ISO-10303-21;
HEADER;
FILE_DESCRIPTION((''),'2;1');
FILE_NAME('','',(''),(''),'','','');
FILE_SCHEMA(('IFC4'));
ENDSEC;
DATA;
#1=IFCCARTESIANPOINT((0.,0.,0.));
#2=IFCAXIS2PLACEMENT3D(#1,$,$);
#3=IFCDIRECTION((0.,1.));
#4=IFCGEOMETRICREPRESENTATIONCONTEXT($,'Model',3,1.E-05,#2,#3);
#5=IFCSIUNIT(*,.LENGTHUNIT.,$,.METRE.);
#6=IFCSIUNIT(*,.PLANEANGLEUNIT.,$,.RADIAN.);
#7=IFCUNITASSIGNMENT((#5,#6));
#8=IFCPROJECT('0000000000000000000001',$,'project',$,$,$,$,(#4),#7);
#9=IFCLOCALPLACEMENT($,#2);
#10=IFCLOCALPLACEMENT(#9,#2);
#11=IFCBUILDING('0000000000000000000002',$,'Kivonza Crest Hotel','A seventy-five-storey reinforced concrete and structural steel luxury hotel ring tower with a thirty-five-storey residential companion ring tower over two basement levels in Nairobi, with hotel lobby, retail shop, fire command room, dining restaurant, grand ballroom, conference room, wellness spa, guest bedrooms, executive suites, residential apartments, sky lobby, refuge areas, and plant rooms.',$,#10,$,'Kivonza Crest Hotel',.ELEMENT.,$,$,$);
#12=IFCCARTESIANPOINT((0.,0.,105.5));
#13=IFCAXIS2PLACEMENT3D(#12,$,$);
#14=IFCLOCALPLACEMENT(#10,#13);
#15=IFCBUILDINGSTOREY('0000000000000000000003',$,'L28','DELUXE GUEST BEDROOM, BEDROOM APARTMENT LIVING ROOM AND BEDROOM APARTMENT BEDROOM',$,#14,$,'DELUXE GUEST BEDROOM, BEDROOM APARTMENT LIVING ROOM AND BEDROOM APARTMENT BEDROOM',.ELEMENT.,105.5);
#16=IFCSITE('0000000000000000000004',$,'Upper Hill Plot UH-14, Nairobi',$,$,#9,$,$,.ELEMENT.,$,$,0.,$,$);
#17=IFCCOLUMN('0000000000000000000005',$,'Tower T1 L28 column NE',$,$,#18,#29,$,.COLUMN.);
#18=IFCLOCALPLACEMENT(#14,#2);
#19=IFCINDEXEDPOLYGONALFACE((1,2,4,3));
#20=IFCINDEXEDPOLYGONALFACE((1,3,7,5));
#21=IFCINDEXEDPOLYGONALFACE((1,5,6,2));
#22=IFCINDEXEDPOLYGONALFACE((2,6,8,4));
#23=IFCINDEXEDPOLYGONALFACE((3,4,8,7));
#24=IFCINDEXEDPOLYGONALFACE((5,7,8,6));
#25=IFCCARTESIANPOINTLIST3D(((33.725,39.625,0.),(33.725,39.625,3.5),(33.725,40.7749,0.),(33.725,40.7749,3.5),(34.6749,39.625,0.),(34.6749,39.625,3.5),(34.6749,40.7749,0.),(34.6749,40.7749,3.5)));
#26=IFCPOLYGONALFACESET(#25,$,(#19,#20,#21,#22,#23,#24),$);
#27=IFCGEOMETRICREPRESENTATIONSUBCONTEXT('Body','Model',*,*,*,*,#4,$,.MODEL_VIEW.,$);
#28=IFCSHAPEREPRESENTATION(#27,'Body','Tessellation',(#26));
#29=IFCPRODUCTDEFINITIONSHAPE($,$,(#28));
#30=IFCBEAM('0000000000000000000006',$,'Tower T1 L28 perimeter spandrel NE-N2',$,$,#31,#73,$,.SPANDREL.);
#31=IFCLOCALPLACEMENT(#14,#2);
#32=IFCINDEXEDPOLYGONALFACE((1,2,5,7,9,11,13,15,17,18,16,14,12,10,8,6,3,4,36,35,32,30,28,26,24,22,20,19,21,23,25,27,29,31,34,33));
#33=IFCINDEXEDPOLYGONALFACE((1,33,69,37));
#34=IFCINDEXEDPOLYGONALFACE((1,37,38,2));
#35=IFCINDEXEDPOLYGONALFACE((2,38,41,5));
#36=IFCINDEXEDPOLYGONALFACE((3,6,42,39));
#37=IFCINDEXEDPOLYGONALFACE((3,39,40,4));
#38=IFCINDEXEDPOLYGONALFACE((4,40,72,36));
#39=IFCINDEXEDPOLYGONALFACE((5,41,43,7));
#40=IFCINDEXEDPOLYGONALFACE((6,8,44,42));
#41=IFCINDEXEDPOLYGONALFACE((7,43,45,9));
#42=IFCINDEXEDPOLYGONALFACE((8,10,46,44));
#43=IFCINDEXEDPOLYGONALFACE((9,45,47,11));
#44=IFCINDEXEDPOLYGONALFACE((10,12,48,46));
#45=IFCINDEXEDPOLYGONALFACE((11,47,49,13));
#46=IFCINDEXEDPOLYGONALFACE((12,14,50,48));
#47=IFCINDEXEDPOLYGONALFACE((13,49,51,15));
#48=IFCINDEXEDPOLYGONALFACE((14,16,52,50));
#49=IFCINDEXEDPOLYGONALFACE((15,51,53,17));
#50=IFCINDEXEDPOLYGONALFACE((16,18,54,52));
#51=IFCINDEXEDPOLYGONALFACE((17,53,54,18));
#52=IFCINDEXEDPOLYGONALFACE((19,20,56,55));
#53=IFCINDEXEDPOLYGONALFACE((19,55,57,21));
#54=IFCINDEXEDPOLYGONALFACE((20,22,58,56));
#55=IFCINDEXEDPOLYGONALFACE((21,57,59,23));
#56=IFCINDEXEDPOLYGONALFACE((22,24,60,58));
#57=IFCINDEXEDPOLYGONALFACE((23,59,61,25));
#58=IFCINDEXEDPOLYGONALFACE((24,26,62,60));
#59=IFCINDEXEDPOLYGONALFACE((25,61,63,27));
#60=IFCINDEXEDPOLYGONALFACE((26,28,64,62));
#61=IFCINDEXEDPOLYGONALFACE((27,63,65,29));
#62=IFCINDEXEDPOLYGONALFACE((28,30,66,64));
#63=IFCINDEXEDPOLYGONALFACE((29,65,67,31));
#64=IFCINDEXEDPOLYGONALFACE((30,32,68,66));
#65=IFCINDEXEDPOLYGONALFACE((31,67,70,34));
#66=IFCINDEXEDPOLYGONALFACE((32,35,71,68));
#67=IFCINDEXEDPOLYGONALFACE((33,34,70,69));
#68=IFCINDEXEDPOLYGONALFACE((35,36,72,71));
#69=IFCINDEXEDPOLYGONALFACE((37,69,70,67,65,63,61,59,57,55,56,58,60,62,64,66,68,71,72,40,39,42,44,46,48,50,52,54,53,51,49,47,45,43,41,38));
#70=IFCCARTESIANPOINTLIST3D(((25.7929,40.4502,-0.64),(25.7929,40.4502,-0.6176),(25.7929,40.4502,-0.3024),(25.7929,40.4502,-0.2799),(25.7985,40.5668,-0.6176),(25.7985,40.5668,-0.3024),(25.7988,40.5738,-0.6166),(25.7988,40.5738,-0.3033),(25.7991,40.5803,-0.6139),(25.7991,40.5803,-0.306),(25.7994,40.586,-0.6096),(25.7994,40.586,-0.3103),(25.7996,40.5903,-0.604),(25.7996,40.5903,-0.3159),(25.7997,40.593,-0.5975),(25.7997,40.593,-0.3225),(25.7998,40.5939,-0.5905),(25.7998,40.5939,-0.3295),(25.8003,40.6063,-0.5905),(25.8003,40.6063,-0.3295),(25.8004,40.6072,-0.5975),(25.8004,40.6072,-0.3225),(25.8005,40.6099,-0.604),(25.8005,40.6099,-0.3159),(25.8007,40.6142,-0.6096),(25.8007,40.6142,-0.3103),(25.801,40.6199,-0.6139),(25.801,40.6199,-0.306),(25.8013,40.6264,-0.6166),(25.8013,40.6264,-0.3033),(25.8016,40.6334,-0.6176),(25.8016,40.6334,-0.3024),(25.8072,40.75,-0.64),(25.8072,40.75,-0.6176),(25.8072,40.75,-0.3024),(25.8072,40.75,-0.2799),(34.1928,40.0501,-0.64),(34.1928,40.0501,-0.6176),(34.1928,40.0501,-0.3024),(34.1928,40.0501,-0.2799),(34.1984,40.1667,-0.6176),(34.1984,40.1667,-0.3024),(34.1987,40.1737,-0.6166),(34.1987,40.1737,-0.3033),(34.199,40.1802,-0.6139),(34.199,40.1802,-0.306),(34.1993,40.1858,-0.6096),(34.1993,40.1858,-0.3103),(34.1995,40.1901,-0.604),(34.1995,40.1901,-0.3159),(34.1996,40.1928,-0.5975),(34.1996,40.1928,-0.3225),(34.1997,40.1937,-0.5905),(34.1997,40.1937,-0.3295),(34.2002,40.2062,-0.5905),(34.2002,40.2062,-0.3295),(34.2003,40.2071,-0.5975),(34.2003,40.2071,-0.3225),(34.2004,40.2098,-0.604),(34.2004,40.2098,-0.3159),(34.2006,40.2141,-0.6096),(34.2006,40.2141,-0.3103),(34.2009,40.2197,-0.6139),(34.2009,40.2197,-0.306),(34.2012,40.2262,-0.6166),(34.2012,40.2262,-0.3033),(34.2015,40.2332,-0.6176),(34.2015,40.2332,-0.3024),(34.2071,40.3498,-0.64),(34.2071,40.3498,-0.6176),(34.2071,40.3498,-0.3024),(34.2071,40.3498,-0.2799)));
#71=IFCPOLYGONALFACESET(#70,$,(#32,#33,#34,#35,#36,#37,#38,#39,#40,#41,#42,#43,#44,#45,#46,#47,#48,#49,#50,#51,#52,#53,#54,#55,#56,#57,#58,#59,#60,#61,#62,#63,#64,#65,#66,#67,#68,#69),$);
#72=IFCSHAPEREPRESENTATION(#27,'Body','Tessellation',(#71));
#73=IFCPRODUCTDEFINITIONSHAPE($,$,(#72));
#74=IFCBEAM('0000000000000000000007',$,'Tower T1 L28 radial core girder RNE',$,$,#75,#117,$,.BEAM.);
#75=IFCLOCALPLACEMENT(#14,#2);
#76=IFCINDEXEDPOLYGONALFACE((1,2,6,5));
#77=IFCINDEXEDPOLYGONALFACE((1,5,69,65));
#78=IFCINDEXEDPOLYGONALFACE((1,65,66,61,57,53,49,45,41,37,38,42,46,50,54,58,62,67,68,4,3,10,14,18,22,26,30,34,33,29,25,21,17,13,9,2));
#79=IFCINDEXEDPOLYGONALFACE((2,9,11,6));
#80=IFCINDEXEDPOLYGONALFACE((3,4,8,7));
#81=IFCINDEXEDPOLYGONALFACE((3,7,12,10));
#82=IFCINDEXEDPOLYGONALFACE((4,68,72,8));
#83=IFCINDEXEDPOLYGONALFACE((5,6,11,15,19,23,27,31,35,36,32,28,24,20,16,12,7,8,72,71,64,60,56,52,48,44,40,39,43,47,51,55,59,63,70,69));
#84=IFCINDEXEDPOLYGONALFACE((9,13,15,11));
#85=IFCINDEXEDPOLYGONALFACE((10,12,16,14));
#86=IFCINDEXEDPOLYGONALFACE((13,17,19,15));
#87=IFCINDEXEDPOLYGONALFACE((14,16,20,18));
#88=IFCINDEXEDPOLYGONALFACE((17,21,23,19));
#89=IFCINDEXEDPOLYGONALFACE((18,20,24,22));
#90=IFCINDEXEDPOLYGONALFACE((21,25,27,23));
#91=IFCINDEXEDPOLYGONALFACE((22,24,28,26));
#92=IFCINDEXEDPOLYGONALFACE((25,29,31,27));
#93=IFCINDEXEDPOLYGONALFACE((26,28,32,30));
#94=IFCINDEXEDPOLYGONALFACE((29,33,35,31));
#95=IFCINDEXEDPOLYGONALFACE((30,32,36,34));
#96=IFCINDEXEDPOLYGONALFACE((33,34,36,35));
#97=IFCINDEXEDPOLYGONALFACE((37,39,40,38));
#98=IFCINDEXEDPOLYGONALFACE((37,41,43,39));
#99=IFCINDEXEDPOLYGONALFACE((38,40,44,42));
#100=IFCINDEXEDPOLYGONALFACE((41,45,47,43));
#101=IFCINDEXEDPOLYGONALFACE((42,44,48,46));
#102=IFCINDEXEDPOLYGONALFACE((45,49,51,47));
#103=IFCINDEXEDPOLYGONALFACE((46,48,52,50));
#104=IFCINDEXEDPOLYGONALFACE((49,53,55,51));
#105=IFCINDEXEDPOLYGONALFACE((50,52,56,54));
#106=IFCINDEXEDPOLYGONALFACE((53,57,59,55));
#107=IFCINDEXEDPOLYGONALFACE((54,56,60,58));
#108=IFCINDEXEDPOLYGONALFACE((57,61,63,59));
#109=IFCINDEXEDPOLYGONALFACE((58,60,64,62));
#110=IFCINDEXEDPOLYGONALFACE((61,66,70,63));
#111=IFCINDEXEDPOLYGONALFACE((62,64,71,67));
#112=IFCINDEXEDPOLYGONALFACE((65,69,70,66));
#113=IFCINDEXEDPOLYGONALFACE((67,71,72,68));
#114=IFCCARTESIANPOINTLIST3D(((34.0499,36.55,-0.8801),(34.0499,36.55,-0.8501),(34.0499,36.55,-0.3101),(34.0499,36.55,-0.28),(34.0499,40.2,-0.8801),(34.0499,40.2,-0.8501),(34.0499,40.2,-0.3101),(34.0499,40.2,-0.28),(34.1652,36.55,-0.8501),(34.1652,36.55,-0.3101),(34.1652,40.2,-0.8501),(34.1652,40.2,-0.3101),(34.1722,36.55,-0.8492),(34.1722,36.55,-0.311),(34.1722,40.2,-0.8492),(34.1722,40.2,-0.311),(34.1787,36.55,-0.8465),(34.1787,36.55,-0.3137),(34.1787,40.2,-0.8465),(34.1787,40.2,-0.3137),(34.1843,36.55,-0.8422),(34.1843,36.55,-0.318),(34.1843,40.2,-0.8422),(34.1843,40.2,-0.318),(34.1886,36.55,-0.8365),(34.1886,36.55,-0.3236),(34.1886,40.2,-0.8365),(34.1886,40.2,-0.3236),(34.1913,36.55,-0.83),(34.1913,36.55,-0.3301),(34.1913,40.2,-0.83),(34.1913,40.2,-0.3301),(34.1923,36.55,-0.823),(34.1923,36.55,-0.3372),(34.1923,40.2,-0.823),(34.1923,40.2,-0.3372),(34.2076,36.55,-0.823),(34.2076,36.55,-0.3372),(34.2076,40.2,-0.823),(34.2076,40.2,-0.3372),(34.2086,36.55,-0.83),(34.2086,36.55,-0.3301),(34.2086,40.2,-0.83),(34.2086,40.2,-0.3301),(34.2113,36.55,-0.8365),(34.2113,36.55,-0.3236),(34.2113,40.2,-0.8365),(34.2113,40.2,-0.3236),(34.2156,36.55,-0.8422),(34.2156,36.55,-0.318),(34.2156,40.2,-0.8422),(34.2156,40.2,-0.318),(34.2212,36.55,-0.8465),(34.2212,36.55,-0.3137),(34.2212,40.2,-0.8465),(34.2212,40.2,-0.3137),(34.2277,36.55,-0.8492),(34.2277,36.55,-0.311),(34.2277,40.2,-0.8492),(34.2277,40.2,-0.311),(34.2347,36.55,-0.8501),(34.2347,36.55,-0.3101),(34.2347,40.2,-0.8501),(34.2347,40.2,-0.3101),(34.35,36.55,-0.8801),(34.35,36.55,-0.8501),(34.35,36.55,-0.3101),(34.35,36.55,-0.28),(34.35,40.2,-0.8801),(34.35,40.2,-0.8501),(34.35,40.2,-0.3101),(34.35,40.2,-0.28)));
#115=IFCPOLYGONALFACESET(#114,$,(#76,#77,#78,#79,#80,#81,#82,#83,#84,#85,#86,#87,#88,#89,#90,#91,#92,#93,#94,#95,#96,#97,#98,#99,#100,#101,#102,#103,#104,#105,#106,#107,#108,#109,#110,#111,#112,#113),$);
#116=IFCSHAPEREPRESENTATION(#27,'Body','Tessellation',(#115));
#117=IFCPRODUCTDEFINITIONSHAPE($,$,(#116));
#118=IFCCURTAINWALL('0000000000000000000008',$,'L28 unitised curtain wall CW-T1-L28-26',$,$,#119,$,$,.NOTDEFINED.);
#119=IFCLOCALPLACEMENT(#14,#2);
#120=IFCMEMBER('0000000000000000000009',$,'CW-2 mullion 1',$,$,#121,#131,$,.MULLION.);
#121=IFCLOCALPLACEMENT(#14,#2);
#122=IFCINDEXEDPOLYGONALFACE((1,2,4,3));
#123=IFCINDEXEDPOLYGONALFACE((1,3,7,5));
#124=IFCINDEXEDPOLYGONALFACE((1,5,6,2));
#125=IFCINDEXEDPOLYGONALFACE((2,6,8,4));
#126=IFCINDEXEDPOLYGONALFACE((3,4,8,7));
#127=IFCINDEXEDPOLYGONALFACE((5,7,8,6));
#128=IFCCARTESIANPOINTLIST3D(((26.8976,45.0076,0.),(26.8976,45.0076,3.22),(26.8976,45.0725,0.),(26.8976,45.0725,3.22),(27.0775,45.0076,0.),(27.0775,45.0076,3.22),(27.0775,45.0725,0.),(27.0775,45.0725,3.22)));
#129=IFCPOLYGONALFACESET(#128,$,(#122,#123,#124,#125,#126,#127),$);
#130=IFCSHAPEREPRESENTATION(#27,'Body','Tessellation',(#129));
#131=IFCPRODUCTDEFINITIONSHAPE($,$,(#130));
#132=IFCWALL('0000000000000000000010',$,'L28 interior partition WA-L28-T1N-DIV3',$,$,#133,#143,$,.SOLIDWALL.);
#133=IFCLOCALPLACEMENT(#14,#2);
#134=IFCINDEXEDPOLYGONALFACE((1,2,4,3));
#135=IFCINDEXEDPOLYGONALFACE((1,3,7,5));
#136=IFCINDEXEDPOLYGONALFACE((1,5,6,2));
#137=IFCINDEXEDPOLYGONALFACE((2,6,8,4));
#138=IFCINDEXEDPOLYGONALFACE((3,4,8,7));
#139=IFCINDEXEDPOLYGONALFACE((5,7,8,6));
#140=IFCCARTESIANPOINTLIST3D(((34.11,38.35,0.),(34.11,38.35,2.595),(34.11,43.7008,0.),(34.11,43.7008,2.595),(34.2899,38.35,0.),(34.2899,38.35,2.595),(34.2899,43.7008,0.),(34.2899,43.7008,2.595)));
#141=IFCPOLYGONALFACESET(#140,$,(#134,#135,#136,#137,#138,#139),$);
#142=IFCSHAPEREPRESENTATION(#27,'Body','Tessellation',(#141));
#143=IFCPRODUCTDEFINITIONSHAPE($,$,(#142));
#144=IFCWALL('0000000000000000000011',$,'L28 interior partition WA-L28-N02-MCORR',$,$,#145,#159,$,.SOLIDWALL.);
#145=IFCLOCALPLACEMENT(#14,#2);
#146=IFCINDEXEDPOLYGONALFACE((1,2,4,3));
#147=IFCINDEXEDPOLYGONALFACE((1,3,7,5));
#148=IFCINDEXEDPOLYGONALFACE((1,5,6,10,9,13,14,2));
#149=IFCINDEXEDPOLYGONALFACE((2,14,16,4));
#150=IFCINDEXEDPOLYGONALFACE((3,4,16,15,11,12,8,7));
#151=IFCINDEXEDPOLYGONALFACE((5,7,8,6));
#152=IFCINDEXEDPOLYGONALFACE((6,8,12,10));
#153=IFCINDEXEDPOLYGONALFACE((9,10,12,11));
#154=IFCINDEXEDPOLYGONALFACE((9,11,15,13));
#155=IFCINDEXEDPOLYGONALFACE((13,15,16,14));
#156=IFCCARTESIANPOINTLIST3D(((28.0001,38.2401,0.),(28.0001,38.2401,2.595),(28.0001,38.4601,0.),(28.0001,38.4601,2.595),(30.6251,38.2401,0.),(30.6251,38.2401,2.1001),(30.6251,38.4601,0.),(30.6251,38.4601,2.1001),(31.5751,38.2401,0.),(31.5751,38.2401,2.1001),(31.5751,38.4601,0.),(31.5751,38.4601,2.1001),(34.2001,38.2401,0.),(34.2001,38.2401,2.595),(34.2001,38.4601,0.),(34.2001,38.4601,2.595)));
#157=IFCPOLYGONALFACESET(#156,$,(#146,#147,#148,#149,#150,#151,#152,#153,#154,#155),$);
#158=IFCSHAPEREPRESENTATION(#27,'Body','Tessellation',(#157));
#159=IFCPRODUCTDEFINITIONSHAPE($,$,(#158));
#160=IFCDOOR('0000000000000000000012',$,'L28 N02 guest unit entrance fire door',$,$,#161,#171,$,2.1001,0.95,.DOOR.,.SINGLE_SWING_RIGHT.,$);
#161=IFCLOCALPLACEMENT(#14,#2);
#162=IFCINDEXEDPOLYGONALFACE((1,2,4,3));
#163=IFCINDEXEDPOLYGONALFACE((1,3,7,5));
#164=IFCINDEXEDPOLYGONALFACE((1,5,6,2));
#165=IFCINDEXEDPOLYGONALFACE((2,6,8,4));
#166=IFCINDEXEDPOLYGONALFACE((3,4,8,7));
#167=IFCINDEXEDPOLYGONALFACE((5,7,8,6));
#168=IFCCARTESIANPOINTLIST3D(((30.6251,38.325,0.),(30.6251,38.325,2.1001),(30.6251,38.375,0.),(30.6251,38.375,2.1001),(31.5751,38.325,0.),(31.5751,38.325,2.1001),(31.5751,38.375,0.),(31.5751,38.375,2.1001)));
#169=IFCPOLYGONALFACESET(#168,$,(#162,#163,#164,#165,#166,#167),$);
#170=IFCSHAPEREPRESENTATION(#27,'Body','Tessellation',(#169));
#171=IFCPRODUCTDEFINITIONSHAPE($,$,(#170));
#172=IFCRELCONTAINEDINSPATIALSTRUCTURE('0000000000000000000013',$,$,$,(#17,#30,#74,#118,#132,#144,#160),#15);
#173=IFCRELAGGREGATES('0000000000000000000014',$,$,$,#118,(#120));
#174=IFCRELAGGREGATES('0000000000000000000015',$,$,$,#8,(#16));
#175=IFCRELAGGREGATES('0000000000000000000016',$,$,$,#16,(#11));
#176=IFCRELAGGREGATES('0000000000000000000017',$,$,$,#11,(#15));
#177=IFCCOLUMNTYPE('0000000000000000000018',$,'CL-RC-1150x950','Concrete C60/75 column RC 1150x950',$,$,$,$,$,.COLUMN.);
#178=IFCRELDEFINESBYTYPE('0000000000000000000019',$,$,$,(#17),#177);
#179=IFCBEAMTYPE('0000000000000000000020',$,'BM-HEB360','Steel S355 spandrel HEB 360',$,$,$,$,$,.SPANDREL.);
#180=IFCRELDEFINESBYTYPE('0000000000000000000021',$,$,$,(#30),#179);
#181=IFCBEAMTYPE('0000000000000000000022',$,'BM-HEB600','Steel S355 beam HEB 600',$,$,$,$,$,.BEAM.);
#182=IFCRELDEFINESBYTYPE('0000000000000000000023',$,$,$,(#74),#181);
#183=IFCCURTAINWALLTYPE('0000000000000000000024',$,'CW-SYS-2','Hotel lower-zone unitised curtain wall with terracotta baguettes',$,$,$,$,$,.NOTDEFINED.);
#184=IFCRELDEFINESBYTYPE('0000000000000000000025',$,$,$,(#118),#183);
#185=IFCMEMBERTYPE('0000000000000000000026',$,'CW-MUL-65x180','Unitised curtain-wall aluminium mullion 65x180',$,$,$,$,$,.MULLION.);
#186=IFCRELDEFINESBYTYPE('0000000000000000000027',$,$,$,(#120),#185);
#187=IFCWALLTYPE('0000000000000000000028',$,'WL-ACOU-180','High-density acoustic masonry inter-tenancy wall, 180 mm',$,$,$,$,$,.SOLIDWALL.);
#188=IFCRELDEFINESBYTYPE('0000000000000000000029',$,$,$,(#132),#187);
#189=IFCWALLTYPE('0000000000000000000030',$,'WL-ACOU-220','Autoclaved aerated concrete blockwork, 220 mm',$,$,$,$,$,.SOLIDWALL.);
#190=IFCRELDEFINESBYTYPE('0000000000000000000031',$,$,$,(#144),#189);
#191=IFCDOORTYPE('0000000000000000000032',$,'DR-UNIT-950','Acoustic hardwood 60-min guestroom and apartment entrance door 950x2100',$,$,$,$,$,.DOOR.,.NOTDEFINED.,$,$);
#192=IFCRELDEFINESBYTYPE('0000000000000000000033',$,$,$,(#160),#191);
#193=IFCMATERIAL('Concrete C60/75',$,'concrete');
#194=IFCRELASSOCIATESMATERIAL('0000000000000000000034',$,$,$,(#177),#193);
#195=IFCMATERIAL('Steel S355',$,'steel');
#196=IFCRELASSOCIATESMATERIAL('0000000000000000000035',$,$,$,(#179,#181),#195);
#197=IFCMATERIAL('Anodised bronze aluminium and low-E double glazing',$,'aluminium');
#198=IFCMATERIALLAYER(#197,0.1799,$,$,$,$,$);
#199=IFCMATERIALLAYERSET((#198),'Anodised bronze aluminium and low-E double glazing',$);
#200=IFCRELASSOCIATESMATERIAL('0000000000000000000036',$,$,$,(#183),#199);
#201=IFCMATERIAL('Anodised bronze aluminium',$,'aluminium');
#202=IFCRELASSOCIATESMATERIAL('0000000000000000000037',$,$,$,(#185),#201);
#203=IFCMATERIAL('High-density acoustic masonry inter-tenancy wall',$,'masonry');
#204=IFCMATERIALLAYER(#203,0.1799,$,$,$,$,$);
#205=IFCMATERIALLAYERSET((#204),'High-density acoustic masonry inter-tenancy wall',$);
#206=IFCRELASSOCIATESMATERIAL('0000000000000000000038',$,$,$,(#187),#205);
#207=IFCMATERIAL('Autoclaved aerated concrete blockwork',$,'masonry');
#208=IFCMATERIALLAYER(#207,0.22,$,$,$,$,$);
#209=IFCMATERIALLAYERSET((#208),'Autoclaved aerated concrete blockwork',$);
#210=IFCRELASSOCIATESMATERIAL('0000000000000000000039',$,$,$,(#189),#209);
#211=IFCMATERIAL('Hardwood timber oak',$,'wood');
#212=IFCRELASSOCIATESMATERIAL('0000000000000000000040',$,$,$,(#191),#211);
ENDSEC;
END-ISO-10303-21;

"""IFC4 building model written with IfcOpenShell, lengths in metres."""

from ifc_helpers import new_model, si_unit, direction, frame, frame_2d, origin, origin_2d, place, context, subcontext, project, spatial, rectangle, i_section, extrude, material, layer, layer_set, material_profile, profile_set, type_object, element, fill, aggregate, save


model = new_model("IFC4")

# Units and contexts
model_context = context("Model", 3, precision=1e-05, world=origin(), true_north=direction((0.0, 1.0)))
body_context = subcontext(model_context, "Body", "Model", "MODEL_VIEW")
ifc_project = project(units=[si_unit("LENGTHUNIT", "METRE"), si_unit("PLANEANGLEUNIT", "RADIAN")], contexts=[model_context])

# Site, building, storey
site_placement = place(None, origin())
site = spatial("IfcSite", under=ifc_project, at=site_placement, Name="Upper Hill Plot UH-14, Nairobi", CompositionType="ELEMENT", RefElevation=0.0)
building_placement = place(site_placement, origin())
building = spatial("IfcBuilding", under=site, at=building_placement, Name="Kivonza Crest Hotel", Description="A seventy-five-storey reinforced concrete and structural steel luxury hotel ring tower with a thirty-five-storey residential companion ring tower over two basement levels in Nairobi, with hotel lobby, retail shop, fire command room, dining restaurant, grand ballroom, conference room, wellness spa, guest bedrooms, executive suites, residential apartments, sky lobby, refuge areas, and plant rooms.", LongName="Kivonza Crest Hotel", CompositionType="ELEMENT")
storey_placement = place(building_placement, frame((0.0, 0.0, 105.5)))
storey = spatial("IfcBuildingStorey", under=building, at=storey_placement, Name="L28", Description="DELUXE GUEST BEDROOM, BEDROOM APARTMENT LIVING ROOM AND BEDROOM APARTMENT BEDROOM", LongName="DELUXE GUEST BEDROOM, BEDROOM APARTMENT LIVING ROOM AND BEDROOM APARTMENT BEDROOM", CompositionType="ELEMENT", Elevation=105.5)

# Column
ifc_material_1 = material(Name="Concrete C60/75", Category="concrete")
ifc_material_profile_1 = material_profile(ifc_material_1, rectangle(XDim=0.95, YDim=1.1499, at=origin_2d()), Name="RC 1150x950")
ifc_profile_set_1 = profile_set([ifc_material_profile_1], Name="Concrete C60/75")
column_type = type_object("IfcColumnType", Name="CL-RC-1150x950", Description="Concrete C60/75 column RC 1150x950", PredefinedType="COLUMN", material=ifc_profile_set_1)
column_placement = place(storey_placement, frame((34.2, 40.2, 0.0), z_axis=(0.0, 0.0, 1.0), x_axis=(1.0, 0.0, 0.0)))
element("IfcColumn", 1, at=column_placement, inside=storey, type_object=column_type, Name="Tower T1 L28 column NE", PredefinedType="COLUMN", context=body_context, shape_type="SweptSolid", body=[
    extrude(rectangle(XDim=0.95, YDim=1.1499, at=origin_2d()), origin(), (0.0, 0.0, 1.0), 3.5),
])

# Beams
ifc_material_2 = material(Name="Steel S355", Category="steel")
ifc_material_profile_2 = material_profile(ifc_material_2, i_section(OverallWidth=0.3, OverallDepth=0.3601, WebThickness=0.0125, FlangeThickness=0.0225, FilletRadius=0.0271, at=origin_2d()), Name="HEB 360")
ifc_profile_set_2 = profile_set([ifc_material_profile_2], Name="Steel S355")
beam_type_1 = type_object("IfcBeamType", Name="BM-HEB360", Description="Steel S355 spandrel HEB 360", PredefinedType="SPANDREL", material=ifc_profile_set_2)
beam_1_placement = place(storey_placement, frame((34.2, 40.2, -0.46), z_axis=(-0.998867, 0.047583, 0.0), x_axis=(-0.047583, -0.998867, 0.0)))
element("IfcBeam", 2, at=beam_1_placement, inside=storey, type_object=beam_type_1, Name="Tower T1 L28 perimeter spandrel NE-N2", PredefinedType="SPANDREL", context=body_context, shape_type="SweptSolid", body=[
    extrude(i_section(OverallWidth=0.3, OverallDepth=0.3601, WebThickness=0.0125, FlangeThickness=0.0225, FilletRadius=0.0271, at=origin_2d()), origin(), (0.0, 0.0, 1.0), 8.4094),
])
ifc_material_profile_3 = material_profile(ifc_material_2, i_section(OverallWidth=0.3, OverallDepth=0.6001, WebThickness=0.0154, FlangeThickness=0.03, FilletRadius=0.0271, at=origin_2d()), Name="HEB 600")
ifc_profile_set_3 = profile_set([ifc_material_profile_3], Name="Steel S355")
beam_type_2 = type_object("IfcBeamType", Name="BM-HEB600", Description="Steel S355 beam HEB 600", PredefinedType="BEAM", material=ifc_profile_set_3)
beam_2_placement = place(storey_placement, frame((34.2, 40.2, -0.5801), z_axis=(0.0, -1.0, 0.0), x_axis=(1.0, 0.0, 0.0)))
element("IfcBeam", 3, at=beam_2_placement, inside=storey, type_object=beam_type_2, Name="Tower T1 L28 radial core girder RNE", PredefinedType="BEAM", context=body_context, shape_type="SweptSolid", body=[
    extrude(i_section(OverallWidth=0.3, OverallDepth=0.6001, WebThickness=0.0154, FlangeThickness=0.03, FilletRadius=0.0271, at=origin_2d()), origin(), (0.0, 0.0, 1.0), 3.6499),
])

# Curtain wall, member
ifc_material_3 = material(Name="Anodised bronze aluminium and low-E double glazing", Category="aluminium")
ifc_layer_1 = layer(ifc_material_3, 0.1799)
ifc_layer_set_1 = layer_set([ifc_layer_1], Name="Anodised bronze aluminium and low-E double glazing")
curtain_wall_type = type_object("IfcCurtainWallType", Name="CW-SYS-2", Description="Hotel lower-zone unitised curtain wall with terracotta baguettes", PredefinedType="NOTDEFINED", material=ifc_layer_set_1)
curtain_wall_placement = place(storey_placement, origin())
curtain_wall = element("IfcCurtainWall", 4, at=curtain_wall_placement, inside=storey, type_object=curtain_wall_type, Name="L28 unitised curtain wall CW-T1-L28-26", PredefinedType="NOTDEFINED")
ifc_material_4 = material(Name="Anodised bronze aluminium", Category="aluminium")
ifc_material_profile_4 = material_profile(ifc_material_4, rectangle(XDim=0.0649, YDim=0.1799, at=origin_2d()), Name="CW-M 65x180")
ifc_profile_set_4 = profile_set([ifc_material_profile_4], Name="Anodised bronze aluminium")
member_type = type_object("IfcMemberType", Name="CW-MUL-65x180", Description="Unitised curtain-wall aluminium mullion 65x180", PredefinedType="MULLION", material=ifc_profile_set_4)
member_placement = place(storey_placement, frame((26.9875, 45.04, 0.0), z_axis=(0.0, 0.0, 1.0), x_axis=(0.0, -1.0, 0.0)))
member = element("IfcMember", 5, at=member_placement, type_object=member_type, Name="CW-2 mullion 1", PredefinedType="MULLION", context=body_context, shape_type="SweptSolid", body=[
    extrude(rectangle(XDim=0.0649, YDim=0.1799, at=origin_2d()), origin(), (0.0, 0.0, 1.0), 3.22),
])
aggregate(curtain_wall, [member])

# Wall
ifc_material_5 = material(Name="High-density acoustic masonry inter-tenancy wall", Category="masonry")
ifc_layer_2 = layer(ifc_material_5, 0.1799)
ifc_layer_set_2 = layer_set([ifc_layer_2], Name="High-density acoustic masonry inter-tenancy wall")
wall_type_1 = type_object("IfcWallType", Name="WL-ACOU-180", Description="High-density acoustic masonry inter-tenancy wall, 180 mm", PredefinedType="SOLIDWALL", material=ifc_layer_set_2)
wall_1_placement = place(storey_placement, frame((34.2, 38.3501, 0.0), z_axis=(0.0, 0.0, 1.0), x_axis=(0.0, 1.0, 0.0)))
element("IfcWall", 6, at=wall_1_placement, inside=storey, type_object=wall_type_1, Name="L28 interior partition WA-L28-T1N-DIV3", PredefinedType="SOLIDWALL", context=body_context, shape_type="SweptSolid", body=[
    extrude(rectangle(XDim=5.3508, YDim=0.1799, at=frame_2d((2.6753, 0.0))), origin(), (0.0, 0.0, 1.0), 2.595),
])

# Wall, opening, door
ifc_material_6 = material(Name="Autoclaved aerated concrete blockwork", Category="masonry")
ifc_layer_3 = layer(ifc_material_6, 0.22)
ifc_layer_set_3 = layer_set([ifc_layer_3], Name="Autoclaved aerated concrete blockwork")
wall_type_2 = type_object("IfcWallType", Name="WL-ACOU-220", Description="Autoclaved aerated concrete blockwork, 220 mm", PredefinedType="SOLIDWALL", material=ifc_layer_set_3)
wall_2_placement = place(storey_placement, frame((28.0, 38.3501, 0.0), z_axis=(0.0, 0.0, 1.0), x_axis=(1.0, 0.0, 0.0)))
wall_2 = element("IfcWall", 7, at=wall_2_placement, inside=storey, type_object=wall_type_2, Name="L28 interior partition WA-L28-N02-MCORR", PredefinedType="SOLIDWALL", context=body_context, shape_type="SweptSolid", body=[
    extrude(rectangle(XDim=6.2, YDim=0.22, at=frame_2d((3.1001, 0.0))), origin(), (0.0, 0.0, 1.0), 2.595),
])
opening_1_placement = place(wall_2_placement, frame((2.625, 0.0, 0.0)))
opening_1 = element("IfcOpeningElement", 8, at=opening_1_placement, cuts=wall_2, PredefinedType="OPENING", context=body_context, shape_type="SweptSolid", body=[
    extrude(rectangle(XDim=0.95, YDim=2.1001, at=frame_2d((0.4751, 1.05))), frame((0.0, 0.1201, 0.0), z_axis=(0.0, -1.0, 0.0), x_axis=(1.0, 0.0, 0.0)), (0.0, 0.0, 1.0), 0.24),
])
ifc_material_7 = material(Name="Hardwood timber oak", Category="wood")
door_type_1 = type_object("IfcDoorType", Name="DR-UNIT-950", Description="Acoustic hardwood 60-min guestroom and apartment entrance door 950x2100", OperationType="NOTDEFINED", PredefinedType="DOOR", material=ifc_material_7)
door_1_placement = place(opening_1_placement, origin())
door_1 = element("IfcDoor", 9, at=door_1_placement, inside=storey, type_object=door_type_1, Name="L28 N02 guest unit entrance fire door", OperationType="SINGLE_SWING_RIGHT", OverallHeight=2.1001, OverallWidth=0.95, PredefinedType="DOOR", context=body_context, shape_type="SweptSolid", body=[
    extrude(rectangle(XDim=0.95, YDim=2.1001, at=frame_2d((0.4751, 1.05))), frame((0.0, 0.0249, 0.0), z_axis=(0.0, -1.0, 0.0), x_axis=(1.0, 0.0, 0.0)), (0.0, 0.0, 1.0), 0.05),
])
fill(opening_1, door_1)

save(model, "model.ifc")
